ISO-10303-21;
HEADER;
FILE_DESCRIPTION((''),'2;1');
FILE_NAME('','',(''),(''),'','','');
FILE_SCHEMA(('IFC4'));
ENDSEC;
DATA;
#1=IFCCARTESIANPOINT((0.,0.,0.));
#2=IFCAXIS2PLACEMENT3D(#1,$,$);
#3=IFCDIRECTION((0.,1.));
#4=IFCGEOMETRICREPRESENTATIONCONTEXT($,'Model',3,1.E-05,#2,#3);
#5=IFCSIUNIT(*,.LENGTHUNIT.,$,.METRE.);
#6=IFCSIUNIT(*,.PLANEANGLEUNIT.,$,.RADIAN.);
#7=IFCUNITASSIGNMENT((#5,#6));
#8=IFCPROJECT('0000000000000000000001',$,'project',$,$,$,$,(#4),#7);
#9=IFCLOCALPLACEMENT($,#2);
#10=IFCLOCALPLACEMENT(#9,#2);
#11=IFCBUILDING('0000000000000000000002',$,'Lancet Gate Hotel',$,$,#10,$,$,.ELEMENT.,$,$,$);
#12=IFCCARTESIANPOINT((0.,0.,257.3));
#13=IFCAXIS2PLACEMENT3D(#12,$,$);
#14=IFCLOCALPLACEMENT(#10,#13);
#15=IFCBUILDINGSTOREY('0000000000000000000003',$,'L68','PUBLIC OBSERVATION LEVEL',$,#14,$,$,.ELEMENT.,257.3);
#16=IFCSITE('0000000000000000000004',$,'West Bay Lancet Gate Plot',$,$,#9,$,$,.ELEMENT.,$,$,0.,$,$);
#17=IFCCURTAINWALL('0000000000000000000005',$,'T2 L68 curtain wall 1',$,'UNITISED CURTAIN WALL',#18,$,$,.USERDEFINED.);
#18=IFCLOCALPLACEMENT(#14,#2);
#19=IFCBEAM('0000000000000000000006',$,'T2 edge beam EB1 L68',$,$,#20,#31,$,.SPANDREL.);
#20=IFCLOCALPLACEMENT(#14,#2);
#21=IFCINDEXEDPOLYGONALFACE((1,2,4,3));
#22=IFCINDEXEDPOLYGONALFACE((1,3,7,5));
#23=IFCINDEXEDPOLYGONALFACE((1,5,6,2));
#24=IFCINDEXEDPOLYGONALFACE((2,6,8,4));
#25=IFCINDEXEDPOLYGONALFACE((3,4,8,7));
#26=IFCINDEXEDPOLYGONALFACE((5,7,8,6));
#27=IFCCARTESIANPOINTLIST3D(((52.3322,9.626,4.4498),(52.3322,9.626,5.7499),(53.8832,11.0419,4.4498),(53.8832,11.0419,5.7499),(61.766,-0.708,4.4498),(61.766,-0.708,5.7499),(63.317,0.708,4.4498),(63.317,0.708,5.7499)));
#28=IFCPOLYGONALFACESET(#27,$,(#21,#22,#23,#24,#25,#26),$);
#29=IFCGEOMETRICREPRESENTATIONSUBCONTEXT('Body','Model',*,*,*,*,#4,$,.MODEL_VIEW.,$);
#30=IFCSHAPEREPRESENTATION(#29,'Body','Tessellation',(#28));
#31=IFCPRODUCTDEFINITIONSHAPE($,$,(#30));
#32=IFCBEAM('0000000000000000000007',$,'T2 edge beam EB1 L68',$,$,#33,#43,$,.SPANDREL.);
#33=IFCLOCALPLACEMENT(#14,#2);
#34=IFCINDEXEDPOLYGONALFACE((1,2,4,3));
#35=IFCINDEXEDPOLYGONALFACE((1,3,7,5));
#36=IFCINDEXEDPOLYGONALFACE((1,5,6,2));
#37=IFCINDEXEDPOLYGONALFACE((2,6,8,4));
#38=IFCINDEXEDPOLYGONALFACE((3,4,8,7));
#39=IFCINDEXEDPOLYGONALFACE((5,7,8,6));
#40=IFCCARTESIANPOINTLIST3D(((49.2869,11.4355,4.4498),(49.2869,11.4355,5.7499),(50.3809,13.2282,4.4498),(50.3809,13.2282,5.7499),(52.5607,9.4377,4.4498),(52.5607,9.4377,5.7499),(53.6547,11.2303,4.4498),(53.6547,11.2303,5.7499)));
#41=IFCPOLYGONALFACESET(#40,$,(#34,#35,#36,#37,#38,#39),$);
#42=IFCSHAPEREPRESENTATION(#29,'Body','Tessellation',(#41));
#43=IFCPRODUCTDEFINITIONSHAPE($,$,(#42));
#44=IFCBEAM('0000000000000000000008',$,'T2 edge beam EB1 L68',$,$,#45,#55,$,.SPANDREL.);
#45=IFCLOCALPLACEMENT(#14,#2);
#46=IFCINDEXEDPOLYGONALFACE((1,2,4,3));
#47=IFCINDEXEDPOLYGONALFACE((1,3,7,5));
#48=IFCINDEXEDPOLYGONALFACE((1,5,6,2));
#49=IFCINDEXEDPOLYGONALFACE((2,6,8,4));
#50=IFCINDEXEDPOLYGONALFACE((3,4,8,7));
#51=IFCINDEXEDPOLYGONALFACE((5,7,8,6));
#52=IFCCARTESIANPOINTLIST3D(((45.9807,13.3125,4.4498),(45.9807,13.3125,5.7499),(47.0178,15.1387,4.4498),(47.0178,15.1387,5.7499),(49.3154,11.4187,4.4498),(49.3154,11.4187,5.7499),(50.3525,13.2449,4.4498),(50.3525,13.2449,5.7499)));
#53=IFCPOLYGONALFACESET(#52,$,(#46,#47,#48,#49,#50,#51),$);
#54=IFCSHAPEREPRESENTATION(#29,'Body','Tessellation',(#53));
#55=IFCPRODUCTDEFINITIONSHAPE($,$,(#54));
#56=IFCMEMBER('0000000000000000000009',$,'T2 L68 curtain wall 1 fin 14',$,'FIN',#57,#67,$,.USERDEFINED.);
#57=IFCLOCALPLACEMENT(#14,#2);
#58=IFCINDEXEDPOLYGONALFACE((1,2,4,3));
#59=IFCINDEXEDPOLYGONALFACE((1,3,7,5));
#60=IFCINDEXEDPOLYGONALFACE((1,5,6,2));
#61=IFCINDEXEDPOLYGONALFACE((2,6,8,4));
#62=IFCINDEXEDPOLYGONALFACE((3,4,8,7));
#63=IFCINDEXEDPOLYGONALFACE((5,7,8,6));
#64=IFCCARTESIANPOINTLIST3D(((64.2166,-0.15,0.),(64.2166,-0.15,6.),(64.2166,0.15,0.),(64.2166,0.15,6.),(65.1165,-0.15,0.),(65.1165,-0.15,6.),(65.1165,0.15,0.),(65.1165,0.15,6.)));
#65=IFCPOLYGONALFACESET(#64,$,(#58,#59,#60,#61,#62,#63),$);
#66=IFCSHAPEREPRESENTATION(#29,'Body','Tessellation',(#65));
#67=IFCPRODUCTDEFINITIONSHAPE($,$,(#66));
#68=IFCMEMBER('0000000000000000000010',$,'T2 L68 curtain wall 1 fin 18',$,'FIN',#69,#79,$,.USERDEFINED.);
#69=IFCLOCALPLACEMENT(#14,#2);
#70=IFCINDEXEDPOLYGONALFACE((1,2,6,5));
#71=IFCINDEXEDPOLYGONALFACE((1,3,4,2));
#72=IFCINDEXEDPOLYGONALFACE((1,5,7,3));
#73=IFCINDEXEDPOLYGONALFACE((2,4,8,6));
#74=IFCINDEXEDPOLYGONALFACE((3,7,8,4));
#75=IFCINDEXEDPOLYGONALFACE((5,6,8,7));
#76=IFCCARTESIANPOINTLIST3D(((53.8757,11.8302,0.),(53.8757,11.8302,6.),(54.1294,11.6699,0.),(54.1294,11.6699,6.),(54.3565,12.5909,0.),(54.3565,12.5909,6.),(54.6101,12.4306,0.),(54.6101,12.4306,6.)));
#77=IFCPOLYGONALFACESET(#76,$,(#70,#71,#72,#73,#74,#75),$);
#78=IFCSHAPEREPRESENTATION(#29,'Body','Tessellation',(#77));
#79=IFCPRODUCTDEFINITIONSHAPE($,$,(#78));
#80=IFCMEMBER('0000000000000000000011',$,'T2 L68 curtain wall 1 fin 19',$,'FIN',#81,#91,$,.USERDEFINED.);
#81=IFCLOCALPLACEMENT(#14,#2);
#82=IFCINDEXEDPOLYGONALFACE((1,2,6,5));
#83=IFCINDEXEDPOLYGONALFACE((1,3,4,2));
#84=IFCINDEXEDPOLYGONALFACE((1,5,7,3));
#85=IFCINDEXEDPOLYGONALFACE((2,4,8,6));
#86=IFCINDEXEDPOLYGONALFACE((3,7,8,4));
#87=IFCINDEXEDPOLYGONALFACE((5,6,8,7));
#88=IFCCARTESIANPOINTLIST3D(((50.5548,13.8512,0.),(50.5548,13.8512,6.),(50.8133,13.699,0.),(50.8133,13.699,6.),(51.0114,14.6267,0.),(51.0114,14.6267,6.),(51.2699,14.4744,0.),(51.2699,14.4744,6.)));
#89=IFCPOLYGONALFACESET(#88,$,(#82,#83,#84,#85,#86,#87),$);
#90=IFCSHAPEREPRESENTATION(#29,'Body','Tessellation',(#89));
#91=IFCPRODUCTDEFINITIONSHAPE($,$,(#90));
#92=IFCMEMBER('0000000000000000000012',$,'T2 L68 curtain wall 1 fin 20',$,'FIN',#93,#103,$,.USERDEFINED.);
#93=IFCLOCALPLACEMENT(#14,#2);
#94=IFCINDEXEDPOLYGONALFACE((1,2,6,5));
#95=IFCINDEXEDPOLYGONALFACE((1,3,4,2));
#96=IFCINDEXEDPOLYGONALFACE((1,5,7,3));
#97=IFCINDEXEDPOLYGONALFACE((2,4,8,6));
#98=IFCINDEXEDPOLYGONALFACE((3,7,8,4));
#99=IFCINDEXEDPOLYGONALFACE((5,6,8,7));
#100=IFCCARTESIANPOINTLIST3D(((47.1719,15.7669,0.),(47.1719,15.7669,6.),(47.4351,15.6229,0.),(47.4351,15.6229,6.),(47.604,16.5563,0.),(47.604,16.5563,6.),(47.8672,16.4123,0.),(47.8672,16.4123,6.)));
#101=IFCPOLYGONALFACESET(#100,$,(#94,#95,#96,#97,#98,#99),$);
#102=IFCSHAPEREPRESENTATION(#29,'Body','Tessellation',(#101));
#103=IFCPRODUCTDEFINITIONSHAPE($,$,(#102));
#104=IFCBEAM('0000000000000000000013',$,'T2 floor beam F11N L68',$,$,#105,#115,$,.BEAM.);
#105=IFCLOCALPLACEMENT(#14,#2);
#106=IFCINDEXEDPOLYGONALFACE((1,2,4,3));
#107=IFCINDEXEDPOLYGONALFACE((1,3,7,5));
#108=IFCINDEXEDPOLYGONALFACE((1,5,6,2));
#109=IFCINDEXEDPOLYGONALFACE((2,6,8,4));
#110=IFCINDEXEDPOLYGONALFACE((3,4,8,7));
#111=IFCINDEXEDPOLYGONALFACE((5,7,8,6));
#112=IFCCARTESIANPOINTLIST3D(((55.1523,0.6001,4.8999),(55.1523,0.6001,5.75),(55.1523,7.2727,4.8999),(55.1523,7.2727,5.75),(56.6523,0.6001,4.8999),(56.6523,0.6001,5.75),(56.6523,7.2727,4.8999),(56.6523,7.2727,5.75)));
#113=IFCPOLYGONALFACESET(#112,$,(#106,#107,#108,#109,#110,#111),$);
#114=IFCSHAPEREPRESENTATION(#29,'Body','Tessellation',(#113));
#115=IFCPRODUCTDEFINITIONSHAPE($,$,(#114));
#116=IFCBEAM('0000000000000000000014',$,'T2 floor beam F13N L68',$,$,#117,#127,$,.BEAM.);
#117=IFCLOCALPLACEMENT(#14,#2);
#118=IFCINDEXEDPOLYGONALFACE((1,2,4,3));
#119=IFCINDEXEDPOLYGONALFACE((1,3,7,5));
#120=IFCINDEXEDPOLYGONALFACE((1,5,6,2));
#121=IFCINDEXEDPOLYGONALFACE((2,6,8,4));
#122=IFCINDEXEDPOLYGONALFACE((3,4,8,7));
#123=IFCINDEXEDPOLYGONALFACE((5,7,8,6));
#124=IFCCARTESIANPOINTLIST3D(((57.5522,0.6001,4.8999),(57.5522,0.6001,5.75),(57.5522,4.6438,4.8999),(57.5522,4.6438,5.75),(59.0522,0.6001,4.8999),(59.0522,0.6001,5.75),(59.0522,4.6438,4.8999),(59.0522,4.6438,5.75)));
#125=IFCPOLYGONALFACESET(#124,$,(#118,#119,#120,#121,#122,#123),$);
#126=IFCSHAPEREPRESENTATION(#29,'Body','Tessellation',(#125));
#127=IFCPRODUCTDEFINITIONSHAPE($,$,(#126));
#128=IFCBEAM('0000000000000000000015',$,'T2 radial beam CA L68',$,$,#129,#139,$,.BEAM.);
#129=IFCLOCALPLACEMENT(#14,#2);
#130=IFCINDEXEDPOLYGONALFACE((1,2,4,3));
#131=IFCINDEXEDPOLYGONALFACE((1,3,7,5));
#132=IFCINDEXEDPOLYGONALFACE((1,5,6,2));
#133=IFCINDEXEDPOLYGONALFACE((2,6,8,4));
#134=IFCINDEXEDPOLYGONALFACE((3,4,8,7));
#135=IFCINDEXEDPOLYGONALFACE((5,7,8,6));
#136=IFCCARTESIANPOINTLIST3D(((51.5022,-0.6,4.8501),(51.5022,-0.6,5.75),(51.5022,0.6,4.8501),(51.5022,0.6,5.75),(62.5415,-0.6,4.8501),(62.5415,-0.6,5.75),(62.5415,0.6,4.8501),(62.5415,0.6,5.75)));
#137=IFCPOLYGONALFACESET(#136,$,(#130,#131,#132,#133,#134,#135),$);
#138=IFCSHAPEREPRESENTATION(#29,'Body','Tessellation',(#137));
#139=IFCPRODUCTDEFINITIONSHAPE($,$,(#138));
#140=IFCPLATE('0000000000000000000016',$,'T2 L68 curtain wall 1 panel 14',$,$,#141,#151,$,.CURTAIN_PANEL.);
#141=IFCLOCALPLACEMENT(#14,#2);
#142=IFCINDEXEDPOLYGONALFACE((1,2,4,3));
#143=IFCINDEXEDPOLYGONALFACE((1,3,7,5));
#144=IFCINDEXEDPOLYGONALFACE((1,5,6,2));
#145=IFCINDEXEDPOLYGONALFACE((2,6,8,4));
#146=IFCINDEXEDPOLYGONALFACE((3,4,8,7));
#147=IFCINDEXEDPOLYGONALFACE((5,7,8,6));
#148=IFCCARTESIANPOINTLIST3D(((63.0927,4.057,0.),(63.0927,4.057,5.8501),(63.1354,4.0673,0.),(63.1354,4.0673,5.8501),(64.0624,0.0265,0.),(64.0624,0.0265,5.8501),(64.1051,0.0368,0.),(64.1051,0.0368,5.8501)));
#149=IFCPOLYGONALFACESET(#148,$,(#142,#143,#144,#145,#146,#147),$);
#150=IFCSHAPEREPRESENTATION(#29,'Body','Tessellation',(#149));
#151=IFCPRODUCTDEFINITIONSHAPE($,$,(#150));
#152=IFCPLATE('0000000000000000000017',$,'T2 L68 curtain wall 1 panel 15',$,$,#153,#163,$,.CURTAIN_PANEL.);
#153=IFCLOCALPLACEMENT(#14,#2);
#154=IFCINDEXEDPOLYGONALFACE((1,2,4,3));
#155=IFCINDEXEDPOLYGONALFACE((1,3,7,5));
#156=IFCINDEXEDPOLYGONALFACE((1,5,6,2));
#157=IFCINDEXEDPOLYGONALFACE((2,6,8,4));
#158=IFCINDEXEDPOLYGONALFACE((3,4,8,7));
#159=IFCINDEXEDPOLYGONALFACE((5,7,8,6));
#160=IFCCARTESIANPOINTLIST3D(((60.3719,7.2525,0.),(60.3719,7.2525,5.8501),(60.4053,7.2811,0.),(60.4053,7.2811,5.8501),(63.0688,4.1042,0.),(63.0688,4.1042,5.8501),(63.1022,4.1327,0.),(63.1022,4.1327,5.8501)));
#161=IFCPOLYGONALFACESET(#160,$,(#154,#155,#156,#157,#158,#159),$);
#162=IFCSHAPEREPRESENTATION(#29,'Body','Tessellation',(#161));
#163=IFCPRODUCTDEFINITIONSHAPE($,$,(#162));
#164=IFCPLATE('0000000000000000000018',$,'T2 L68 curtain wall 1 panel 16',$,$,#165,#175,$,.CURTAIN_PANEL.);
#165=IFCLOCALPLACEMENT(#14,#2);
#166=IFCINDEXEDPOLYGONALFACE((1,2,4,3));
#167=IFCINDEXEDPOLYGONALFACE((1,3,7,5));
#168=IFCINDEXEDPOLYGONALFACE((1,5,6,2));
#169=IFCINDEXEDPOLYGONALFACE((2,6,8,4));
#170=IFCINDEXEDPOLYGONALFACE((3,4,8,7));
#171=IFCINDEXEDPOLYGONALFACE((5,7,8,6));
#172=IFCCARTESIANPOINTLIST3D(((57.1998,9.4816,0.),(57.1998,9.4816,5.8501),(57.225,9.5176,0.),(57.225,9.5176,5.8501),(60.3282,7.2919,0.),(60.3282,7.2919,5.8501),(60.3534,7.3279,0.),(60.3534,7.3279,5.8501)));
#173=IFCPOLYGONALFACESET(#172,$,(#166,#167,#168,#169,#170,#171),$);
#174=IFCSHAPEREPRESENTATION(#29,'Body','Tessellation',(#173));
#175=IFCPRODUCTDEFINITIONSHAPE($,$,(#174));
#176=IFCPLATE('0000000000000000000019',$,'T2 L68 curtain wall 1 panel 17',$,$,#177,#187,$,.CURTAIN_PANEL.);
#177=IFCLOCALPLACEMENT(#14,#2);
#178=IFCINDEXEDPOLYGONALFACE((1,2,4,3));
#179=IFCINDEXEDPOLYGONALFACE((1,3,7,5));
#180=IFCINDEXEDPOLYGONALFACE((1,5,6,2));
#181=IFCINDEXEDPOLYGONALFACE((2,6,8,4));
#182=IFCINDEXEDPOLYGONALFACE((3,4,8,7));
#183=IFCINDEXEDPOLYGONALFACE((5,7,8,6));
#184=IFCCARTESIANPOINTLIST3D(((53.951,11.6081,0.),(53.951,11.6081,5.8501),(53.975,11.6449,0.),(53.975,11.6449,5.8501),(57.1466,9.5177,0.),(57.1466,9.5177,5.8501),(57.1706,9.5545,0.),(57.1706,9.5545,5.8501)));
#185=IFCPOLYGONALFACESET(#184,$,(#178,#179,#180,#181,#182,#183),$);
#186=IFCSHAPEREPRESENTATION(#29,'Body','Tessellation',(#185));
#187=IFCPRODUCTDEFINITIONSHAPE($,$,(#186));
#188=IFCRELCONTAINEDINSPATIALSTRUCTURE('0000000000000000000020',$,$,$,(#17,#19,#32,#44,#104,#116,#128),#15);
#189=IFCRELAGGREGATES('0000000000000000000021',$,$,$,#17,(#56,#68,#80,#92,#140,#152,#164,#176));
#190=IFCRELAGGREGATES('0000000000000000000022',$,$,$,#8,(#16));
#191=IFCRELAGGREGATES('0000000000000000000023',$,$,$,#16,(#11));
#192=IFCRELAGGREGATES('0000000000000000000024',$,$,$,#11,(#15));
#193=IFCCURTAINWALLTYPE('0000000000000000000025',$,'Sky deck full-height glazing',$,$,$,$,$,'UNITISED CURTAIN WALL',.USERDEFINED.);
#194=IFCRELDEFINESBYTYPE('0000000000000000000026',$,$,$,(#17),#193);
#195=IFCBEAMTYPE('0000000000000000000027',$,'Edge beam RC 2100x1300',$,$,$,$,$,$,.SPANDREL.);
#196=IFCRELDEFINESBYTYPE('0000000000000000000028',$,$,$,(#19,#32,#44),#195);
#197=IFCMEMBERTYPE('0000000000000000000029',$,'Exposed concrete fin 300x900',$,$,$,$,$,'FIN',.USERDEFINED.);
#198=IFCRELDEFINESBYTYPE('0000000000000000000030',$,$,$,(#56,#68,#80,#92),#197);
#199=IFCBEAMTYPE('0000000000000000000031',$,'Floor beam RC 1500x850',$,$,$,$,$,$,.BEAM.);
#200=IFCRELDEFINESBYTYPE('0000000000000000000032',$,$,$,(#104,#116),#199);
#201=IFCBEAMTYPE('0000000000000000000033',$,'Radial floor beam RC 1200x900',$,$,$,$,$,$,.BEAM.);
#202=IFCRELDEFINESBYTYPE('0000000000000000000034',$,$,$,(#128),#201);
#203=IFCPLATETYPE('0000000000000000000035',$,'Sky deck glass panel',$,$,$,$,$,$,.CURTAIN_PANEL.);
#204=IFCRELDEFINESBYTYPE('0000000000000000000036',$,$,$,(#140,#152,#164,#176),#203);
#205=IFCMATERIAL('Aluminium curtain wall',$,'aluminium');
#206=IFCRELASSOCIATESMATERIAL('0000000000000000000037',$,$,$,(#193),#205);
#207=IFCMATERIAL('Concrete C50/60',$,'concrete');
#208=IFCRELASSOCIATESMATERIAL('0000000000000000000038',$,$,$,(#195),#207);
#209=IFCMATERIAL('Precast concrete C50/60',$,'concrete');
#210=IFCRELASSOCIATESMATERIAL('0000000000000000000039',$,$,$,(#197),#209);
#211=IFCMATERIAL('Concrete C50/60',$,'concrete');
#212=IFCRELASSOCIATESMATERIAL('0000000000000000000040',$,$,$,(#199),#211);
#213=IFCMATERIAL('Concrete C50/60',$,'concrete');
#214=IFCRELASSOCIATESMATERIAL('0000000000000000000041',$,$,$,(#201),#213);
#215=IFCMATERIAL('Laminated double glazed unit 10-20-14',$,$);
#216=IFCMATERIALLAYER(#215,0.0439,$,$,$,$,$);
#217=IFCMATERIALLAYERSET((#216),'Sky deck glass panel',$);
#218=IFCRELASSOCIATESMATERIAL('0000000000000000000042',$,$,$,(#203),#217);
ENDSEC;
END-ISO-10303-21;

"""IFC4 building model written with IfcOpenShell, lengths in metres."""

from ifc_helpers import new_model, si_unit, direction, frame, origin, origin_2d, place, context, subcontext, project, spatial, rectangle, extrude, material, layer, layer_set, material_profile, profile_set, type_object, element, aggregate, save


model = new_model("IFC4")

# Units and contexts
model_context = context("Model", 3, precision=1e-05, world=origin(), true_north=direction((0.0, 1.0)))
body_context = subcontext(model_context, "Body", "Model", "MODEL_VIEW")
ifc_project = project(units=[si_unit("LENGTHUNIT", "METRE"), si_unit("PLANEANGLEUNIT", "RADIAN")], contexts=[model_context])

# Site, building, storey
site_placement = place(None, origin())
site = spatial("IfcSite", under=ifc_project, at=site_placement, Name="West Bay Lancet Gate Plot", CompositionType="ELEMENT", RefElevation=0.0)
building_placement = place(site_placement, origin())
building = spatial("IfcBuilding", under=site, at=building_placement, Name="Lancet Gate Hotel", CompositionType="ELEMENT")
storey_placement = place(building_placement, frame((0.0, 0.0, 257.3)))
storey = spatial("IfcBuildingStorey", under=building, at=storey_placement, Name="L68", Description="PUBLIC OBSERVATION LEVEL", CompositionType="ELEMENT", Elevation=257.3)

# Curtain wall
ifc_material_1 = material(Name="Aluminium curtain wall", Category="aluminium")
curtain_wall_type = type_object("IfcCurtainWallType", Name="Sky deck full-height glazing", ElementType="UNITISED CURTAIN WALL", PredefinedType="USERDEFINED", material=ifc_material_1)
curtain_wall_placement = place(storey_placement, origin())
curtain_wall = element("IfcCurtainWall", 1, at=curtain_wall_placement, inside=storey, type_object=curtain_wall_type, Name="T2 L68 curtain wall 1", ObjectType="UNITISED CURTAIN WALL", PredefinedType="USERDEFINED")

# Beams
ifc_material_2 = material(Name="Concrete C50/60", Category="concrete")
ifc_material_profile_1 = material_profile(ifc_material_2, rectangle(XDim=2.1001, YDim=1.3, at=origin_2d()), Name="RC 2100x1300")
ifc_profile_set_1 = profile_set([ifc_material_profile_1], Name="Concrete C50/60")
beam_type_1 = type_object("IfcBeamType", Name="Edge beam RC 2100x1300", PredefinedType="SPANDREL", material=ifc_profile_set_1)
beam_1_placement = place(storey_placement, frame((62.5415, 0.0, 5.0999), z_axis=(-0.674209, 0.73854, 0.0), x_axis=(-0.73854, -0.674209, 0.0)))
element("IfcBeam", 2, at=beam_1_placement, inside=storey, type_object=beam_type_1, Name="T2 edge beam EB1 L68", PredefinedType="SPANDREL", context=body_context, shape_type="SweptSolid", body=[
    extrude(rectangle(XDim=2.1001, YDim=1.3, at=origin_2d()), origin(), (0.0, 0.0, 1.0), 13.9924),
])
beam_2_placement = place(storey_placement, frame((53.1077, 10.334, 5.0999), z_axis=(-0.853604, 0.520922, 0.0), x_axis=(-0.520922, -0.853604, 0.0)))
element("IfcBeam", 3, at=beam_2_placement, inside=storey, type_object=beam_type_1, Name="T2 edge beam EB1 L68", PredefinedType="SPANDREL", context=body_context, shape_type="SweptSolid", body=[
    extrude(rectangle(XDim=2.1001, YDim=1.3, at=origin_2d()), origin(), (0.0, 0.0, 1.0), 3.8352),
])
beam_3_placement = place(storey_placement, frame((49.834, 12.3318, 5.0999), z_axis=(-0.86956, 0.493827, 0.0), x_axis=(-0.493827, -0.86956, 0.0)))
element("IfcBeam", 4, at=beam_3_placement, inside=storey, type_object=beam_type_1, Name="T2 edge beam EB1 L68", PredefinedType="SPANDREL", context=body_context, shape_type="SweptSolid", body=[
    extrude(rectangle(XDim=2.1001, YDim=1.3, at=origin_2d()), origin(), (0.0, 0.0, 1.0), 3.835),
])

# Members
ifc_material_3 = material(Name="Precast concrete C50/60", Category="concrete")
ifc_material_profile_2 = material_profile(ifc_material_3, rectangle(XDim=0.3, YDim=0.8999, at=origin_2d()), Name="FIN 300x900")
ifc_profile_set_2 = profile_set([ifc_material_profile_2], Name="Precast concrete C50/60")
member_type_1 = type_object("IfcMemberType", Name="Exposed concrete fin 300x900", ElementType="FIN", PredefinedType="USERDEFINED", material=ifc_profile_set_2)
member_1_placement = place(storey_placement, frame((64.6665, 0.0, 0.0), z_axis=(0.0, 0.0, 1.0), x_axis=(0.0, 1.0, 0.0)))
member_1 = element("IfcMember", 5, at=member_1_placement, type_object=member_type_1, Name="T2 L68 curtain wall 1 fin 14", ObjectType="FIN", PredefinedType="USERDEFINED", context=body_context, shape_type="SweptSolid", body=[
    extrude(rectangle(XDim=0.3, YDim=0.8999, at=origin_2d()), origin(), (0.0, 0.0, 1.0), 6.0),
])
member_2_placement = place(storey_placement, frame((54.2429, 12.1304, 0.0), z_axis=(0.0, 0.0, 1.0), x_axis=(-0.84534, 0.534229, 0.0)))
member_2 = element("IfcMember", 6, at=member_2_placement, type_object=member_type_1, Name="T2 L68 curtain wall 1 fin 18", ObjectType="FIN", PredefinedType="USERDEFINED", context=body_context, shape_type="SweptSolid", body=[
    extrude(rectangle(XDim=0.3, YDim=0.8999, at=origin_2d()), origin(), (0.0, 0.0, 1.0), 6.0),
])
member_3_placement = place(storey_placement, frame((50.9124, 14.1628, 0.0), z_axis=(0.0, 0.0, 1.0), x_axis=(-0.861692, 0.507432, 0.0)))
member_3 = element("IfcMember", 7, at=member_3_placement, type_object=member_type_1, Name="T2 L68 curtain wall 1 fin 19", ObjectType="FIN", PredefinedType="USERDEFINED", context=body_context, shape_type="SweptSolid", body=[
    extrude(rectangle(XDim=0.3, YDim=0.8999, at=origin_2d()), origin(), (0.0, 0.0, 1.0), 6.0),
])
member_4_placement = place(storey_placement, frame((47.5195, 16.0896, 0.0), z_axis=(0.0, 0.0, 1.0), x_axis=(-0.877195, 0.480135, 0.0)))
member_4 = element("IfcMember", 8, at=member_4_placement, type_object=member_type_1, Name="T2 L68 curtain wall 1 fin 20", ObjectType="FIN", PredefinedType="USERDEFINED", context=body_context, shape_type="SweptSolid", body=[
    extrude(rectangle(XDim=0.3, YDim=0.8999, at=origin_2d()), origin(), (0.0, 0.0, 1.0), 6.0),
])

# Beams
ifc_material_4 = material(Name="Concrete C50/60", Category="concrete")
ifc_material_profile_3 = material_profile(ifc_material_4, rectangle(XDim=1.5, YDim=0.8501, at=origin_2d()), Name="RC 1500x850")
ifc_profile_set_3 = profile_set([ifc_material_profile_3], Name="Concrete C50/60")
beam_type_2 = type_object("IfcBeamType", Name="Floor beam RC 1500x850", PredefinedType="BEAM", material=ifc_profile_set_3)
beam_4_placement = place(storey_placement, frame((55.9023, 0.6001, 5.325), z_axis=(0.0, 1.0, 0.0), x_axis=(-1.0, 0.0, 0.0)))
element("IfcBeam", 9, at=beam_4_placement, inside=storey, type_object=beam_type_2, Name="T2 floor beam F11N L68", PredefinedType="BEAM", context=body_context, shape_type="SweptSolid", body=[
    extrude(rectangle(XDim=1.5, YDim=0.8501, at=origin_2d()), origin(), (0.0, 0.0, 1.0), 6.6726),
])
beam_5_placement = place(storey_placement, frame((58.3022, 0.6001, 5.325), z_axis=(0.0, 1.0, 0.0), x_axis=(-1.0, 0.0, 0.0)))
element("IfcBeam", 10, at=beam_5_placement, inside=storey, type_object=beam_type_2, Name="T2 floor beam F13N L68", PredefinedType="BEAM", context=body_context, shape_type="SweptSolid", body=[
    extrude(rectangle(XDim=1.5, YDim=0.8501, at=origin_2d()), origin(), (0.0, 0.0, 1.0), 4.0437),
])
ifc_material_5 = material(Name="Concrete C50/60", Category="concrete")
ifc_material_profile_4 = material_profile(ifc_material_5, rectangle(XDim=1.2, YDim=0.8999, at=origin_2d()), Name="RC 1200x900")
ifc_profile_set_4 = profile_set([ifc_material_profile_4], Name="Concrete C50/60")
beam_type_3 = type_object("IfcBeamType", Name="Radial floor beam RC 1200x900", PredefinedType="BEAM", material=ifc_profile_set_4)
beam_6_placement = place(storey_placement, frame((62.5415, 0.0, 5.3), z_axis=(-1.0, 0.0, 0.0), x_axis=(0.0, -1.0, 0.0)))
element("IfcBeam", 11, at=beam_6_placement, inside=storey, type_object=beam_type_3, Name="T2 radial beam CA L68", PredefinedType="BEAM", context=body_context, shape_type="SweptSolid", body=[
    extrude(rectangle(XDim=1.2, YDim=0.8999, at=origin_2d()), origin(), (0.0, 0.0, 1.0), 11.0393),
])

# Plates
ifc_material_6 = material(Name="Laminated double glazed unit 10-20-14")
ifc_layer_1 = layer(ifc_material_6, 0.0439)
ifc_layer_set_1 = layer_set([ifc_layer_1], Name="Sky deck glass panel")
plate_type = type_object("IfcPlateType", Name="Sky deck glass panel", PredefinedType="CURTAIN_PANEL", material=ifc_layer_set_1)
plate_1_placement = place(storey_placement, frame((63.5989, 2.0469, 0.0), z_axis=(0.0, 0.0, 1.0), x_axis=(-0.233916, 0.972257, 0.0)))
plate_1 = element("IfcPlate", 12, at=plate_1_placement, type_object=plate_type, Name="T2 L68 curtain wall 1 panel 14", PredefinedType="CURTAIN_PANEL", context=body_context, shape_type="SweptSolid", body=[
    extrude(rectangle(XDim=4.1455, YDim=0.0439, at=origin_2d()), origin(), (0.0, 0.0, 1.0), 5.8501),
])
plate_2_placement = place(storey_placement, frame((61.7371, 5.6926, 0.0), z_axis=(0.0, 0.0, 1.0), x_axis=(-0.650552, 0.759462, 0.0)))
plate_2 = element("IfcPlate", 13, at=plate_2_placement, type_object=plate_type, Name="T2 L68 curtain wall 1 panel 15", PredefinedType="CURTAIN_PANEL", context=body_context, shape_type="SweptSolid", body=[
    extrude(rectangle(XDim=4.1455, YDim=0.0439, at=origin_2d()), origin(), (0.0, 0.0, 1.0), 5.8501),
])
plate_3_placement = place(storey_placement, frame((58.7766, 8.4048, 0.0), z_axis=(0.0, 0.0, 1.0), x_axis=(-0.819255, 0.573429, 0.0)))
plate_3 = element("IfcPlate", 14, at=plate_3_placement, type_object=plate_type, Name="T2 L68 curtain wall 1 panel 16", PredefinedType="CURTAIN_PANEL", context=body_context, shape_type="SweptSolid", body=[
    extrude(rectangle(XDim=3.8186, YDim=0.0439, at=origin_2d()), origin(), (0.0, 0.0, 1.0), 5.8501),
])
plate_4_placement = place(storey_placement, frame((55.5608, 10.5813, 0.0), z_axis=(0.0, 0.0, 1.0), x_axis=(-0.83685, 0.547432, 0.0)))
plate_4 = element("IfcPlate", 15, at=plate_4_placement, type_object=plate_type, Name="T2 L68 curtain wall 1 panel 17", PredefinedType="CURTAIN_PANEL", context=body_context, shape_type="SweptSolid", body=[
    extrude(rectangle(XDim=3.8186, YDim=0.0439, at=origin_2d()), origin(), (0.0, 0.0, 1.0), 5.8501),
])
aggregate(curtain_wall, [member_1, member_2, member_3, member_4, plate_1, plate_2, plate_3, plate_4])

save(model, "model.ifc")
